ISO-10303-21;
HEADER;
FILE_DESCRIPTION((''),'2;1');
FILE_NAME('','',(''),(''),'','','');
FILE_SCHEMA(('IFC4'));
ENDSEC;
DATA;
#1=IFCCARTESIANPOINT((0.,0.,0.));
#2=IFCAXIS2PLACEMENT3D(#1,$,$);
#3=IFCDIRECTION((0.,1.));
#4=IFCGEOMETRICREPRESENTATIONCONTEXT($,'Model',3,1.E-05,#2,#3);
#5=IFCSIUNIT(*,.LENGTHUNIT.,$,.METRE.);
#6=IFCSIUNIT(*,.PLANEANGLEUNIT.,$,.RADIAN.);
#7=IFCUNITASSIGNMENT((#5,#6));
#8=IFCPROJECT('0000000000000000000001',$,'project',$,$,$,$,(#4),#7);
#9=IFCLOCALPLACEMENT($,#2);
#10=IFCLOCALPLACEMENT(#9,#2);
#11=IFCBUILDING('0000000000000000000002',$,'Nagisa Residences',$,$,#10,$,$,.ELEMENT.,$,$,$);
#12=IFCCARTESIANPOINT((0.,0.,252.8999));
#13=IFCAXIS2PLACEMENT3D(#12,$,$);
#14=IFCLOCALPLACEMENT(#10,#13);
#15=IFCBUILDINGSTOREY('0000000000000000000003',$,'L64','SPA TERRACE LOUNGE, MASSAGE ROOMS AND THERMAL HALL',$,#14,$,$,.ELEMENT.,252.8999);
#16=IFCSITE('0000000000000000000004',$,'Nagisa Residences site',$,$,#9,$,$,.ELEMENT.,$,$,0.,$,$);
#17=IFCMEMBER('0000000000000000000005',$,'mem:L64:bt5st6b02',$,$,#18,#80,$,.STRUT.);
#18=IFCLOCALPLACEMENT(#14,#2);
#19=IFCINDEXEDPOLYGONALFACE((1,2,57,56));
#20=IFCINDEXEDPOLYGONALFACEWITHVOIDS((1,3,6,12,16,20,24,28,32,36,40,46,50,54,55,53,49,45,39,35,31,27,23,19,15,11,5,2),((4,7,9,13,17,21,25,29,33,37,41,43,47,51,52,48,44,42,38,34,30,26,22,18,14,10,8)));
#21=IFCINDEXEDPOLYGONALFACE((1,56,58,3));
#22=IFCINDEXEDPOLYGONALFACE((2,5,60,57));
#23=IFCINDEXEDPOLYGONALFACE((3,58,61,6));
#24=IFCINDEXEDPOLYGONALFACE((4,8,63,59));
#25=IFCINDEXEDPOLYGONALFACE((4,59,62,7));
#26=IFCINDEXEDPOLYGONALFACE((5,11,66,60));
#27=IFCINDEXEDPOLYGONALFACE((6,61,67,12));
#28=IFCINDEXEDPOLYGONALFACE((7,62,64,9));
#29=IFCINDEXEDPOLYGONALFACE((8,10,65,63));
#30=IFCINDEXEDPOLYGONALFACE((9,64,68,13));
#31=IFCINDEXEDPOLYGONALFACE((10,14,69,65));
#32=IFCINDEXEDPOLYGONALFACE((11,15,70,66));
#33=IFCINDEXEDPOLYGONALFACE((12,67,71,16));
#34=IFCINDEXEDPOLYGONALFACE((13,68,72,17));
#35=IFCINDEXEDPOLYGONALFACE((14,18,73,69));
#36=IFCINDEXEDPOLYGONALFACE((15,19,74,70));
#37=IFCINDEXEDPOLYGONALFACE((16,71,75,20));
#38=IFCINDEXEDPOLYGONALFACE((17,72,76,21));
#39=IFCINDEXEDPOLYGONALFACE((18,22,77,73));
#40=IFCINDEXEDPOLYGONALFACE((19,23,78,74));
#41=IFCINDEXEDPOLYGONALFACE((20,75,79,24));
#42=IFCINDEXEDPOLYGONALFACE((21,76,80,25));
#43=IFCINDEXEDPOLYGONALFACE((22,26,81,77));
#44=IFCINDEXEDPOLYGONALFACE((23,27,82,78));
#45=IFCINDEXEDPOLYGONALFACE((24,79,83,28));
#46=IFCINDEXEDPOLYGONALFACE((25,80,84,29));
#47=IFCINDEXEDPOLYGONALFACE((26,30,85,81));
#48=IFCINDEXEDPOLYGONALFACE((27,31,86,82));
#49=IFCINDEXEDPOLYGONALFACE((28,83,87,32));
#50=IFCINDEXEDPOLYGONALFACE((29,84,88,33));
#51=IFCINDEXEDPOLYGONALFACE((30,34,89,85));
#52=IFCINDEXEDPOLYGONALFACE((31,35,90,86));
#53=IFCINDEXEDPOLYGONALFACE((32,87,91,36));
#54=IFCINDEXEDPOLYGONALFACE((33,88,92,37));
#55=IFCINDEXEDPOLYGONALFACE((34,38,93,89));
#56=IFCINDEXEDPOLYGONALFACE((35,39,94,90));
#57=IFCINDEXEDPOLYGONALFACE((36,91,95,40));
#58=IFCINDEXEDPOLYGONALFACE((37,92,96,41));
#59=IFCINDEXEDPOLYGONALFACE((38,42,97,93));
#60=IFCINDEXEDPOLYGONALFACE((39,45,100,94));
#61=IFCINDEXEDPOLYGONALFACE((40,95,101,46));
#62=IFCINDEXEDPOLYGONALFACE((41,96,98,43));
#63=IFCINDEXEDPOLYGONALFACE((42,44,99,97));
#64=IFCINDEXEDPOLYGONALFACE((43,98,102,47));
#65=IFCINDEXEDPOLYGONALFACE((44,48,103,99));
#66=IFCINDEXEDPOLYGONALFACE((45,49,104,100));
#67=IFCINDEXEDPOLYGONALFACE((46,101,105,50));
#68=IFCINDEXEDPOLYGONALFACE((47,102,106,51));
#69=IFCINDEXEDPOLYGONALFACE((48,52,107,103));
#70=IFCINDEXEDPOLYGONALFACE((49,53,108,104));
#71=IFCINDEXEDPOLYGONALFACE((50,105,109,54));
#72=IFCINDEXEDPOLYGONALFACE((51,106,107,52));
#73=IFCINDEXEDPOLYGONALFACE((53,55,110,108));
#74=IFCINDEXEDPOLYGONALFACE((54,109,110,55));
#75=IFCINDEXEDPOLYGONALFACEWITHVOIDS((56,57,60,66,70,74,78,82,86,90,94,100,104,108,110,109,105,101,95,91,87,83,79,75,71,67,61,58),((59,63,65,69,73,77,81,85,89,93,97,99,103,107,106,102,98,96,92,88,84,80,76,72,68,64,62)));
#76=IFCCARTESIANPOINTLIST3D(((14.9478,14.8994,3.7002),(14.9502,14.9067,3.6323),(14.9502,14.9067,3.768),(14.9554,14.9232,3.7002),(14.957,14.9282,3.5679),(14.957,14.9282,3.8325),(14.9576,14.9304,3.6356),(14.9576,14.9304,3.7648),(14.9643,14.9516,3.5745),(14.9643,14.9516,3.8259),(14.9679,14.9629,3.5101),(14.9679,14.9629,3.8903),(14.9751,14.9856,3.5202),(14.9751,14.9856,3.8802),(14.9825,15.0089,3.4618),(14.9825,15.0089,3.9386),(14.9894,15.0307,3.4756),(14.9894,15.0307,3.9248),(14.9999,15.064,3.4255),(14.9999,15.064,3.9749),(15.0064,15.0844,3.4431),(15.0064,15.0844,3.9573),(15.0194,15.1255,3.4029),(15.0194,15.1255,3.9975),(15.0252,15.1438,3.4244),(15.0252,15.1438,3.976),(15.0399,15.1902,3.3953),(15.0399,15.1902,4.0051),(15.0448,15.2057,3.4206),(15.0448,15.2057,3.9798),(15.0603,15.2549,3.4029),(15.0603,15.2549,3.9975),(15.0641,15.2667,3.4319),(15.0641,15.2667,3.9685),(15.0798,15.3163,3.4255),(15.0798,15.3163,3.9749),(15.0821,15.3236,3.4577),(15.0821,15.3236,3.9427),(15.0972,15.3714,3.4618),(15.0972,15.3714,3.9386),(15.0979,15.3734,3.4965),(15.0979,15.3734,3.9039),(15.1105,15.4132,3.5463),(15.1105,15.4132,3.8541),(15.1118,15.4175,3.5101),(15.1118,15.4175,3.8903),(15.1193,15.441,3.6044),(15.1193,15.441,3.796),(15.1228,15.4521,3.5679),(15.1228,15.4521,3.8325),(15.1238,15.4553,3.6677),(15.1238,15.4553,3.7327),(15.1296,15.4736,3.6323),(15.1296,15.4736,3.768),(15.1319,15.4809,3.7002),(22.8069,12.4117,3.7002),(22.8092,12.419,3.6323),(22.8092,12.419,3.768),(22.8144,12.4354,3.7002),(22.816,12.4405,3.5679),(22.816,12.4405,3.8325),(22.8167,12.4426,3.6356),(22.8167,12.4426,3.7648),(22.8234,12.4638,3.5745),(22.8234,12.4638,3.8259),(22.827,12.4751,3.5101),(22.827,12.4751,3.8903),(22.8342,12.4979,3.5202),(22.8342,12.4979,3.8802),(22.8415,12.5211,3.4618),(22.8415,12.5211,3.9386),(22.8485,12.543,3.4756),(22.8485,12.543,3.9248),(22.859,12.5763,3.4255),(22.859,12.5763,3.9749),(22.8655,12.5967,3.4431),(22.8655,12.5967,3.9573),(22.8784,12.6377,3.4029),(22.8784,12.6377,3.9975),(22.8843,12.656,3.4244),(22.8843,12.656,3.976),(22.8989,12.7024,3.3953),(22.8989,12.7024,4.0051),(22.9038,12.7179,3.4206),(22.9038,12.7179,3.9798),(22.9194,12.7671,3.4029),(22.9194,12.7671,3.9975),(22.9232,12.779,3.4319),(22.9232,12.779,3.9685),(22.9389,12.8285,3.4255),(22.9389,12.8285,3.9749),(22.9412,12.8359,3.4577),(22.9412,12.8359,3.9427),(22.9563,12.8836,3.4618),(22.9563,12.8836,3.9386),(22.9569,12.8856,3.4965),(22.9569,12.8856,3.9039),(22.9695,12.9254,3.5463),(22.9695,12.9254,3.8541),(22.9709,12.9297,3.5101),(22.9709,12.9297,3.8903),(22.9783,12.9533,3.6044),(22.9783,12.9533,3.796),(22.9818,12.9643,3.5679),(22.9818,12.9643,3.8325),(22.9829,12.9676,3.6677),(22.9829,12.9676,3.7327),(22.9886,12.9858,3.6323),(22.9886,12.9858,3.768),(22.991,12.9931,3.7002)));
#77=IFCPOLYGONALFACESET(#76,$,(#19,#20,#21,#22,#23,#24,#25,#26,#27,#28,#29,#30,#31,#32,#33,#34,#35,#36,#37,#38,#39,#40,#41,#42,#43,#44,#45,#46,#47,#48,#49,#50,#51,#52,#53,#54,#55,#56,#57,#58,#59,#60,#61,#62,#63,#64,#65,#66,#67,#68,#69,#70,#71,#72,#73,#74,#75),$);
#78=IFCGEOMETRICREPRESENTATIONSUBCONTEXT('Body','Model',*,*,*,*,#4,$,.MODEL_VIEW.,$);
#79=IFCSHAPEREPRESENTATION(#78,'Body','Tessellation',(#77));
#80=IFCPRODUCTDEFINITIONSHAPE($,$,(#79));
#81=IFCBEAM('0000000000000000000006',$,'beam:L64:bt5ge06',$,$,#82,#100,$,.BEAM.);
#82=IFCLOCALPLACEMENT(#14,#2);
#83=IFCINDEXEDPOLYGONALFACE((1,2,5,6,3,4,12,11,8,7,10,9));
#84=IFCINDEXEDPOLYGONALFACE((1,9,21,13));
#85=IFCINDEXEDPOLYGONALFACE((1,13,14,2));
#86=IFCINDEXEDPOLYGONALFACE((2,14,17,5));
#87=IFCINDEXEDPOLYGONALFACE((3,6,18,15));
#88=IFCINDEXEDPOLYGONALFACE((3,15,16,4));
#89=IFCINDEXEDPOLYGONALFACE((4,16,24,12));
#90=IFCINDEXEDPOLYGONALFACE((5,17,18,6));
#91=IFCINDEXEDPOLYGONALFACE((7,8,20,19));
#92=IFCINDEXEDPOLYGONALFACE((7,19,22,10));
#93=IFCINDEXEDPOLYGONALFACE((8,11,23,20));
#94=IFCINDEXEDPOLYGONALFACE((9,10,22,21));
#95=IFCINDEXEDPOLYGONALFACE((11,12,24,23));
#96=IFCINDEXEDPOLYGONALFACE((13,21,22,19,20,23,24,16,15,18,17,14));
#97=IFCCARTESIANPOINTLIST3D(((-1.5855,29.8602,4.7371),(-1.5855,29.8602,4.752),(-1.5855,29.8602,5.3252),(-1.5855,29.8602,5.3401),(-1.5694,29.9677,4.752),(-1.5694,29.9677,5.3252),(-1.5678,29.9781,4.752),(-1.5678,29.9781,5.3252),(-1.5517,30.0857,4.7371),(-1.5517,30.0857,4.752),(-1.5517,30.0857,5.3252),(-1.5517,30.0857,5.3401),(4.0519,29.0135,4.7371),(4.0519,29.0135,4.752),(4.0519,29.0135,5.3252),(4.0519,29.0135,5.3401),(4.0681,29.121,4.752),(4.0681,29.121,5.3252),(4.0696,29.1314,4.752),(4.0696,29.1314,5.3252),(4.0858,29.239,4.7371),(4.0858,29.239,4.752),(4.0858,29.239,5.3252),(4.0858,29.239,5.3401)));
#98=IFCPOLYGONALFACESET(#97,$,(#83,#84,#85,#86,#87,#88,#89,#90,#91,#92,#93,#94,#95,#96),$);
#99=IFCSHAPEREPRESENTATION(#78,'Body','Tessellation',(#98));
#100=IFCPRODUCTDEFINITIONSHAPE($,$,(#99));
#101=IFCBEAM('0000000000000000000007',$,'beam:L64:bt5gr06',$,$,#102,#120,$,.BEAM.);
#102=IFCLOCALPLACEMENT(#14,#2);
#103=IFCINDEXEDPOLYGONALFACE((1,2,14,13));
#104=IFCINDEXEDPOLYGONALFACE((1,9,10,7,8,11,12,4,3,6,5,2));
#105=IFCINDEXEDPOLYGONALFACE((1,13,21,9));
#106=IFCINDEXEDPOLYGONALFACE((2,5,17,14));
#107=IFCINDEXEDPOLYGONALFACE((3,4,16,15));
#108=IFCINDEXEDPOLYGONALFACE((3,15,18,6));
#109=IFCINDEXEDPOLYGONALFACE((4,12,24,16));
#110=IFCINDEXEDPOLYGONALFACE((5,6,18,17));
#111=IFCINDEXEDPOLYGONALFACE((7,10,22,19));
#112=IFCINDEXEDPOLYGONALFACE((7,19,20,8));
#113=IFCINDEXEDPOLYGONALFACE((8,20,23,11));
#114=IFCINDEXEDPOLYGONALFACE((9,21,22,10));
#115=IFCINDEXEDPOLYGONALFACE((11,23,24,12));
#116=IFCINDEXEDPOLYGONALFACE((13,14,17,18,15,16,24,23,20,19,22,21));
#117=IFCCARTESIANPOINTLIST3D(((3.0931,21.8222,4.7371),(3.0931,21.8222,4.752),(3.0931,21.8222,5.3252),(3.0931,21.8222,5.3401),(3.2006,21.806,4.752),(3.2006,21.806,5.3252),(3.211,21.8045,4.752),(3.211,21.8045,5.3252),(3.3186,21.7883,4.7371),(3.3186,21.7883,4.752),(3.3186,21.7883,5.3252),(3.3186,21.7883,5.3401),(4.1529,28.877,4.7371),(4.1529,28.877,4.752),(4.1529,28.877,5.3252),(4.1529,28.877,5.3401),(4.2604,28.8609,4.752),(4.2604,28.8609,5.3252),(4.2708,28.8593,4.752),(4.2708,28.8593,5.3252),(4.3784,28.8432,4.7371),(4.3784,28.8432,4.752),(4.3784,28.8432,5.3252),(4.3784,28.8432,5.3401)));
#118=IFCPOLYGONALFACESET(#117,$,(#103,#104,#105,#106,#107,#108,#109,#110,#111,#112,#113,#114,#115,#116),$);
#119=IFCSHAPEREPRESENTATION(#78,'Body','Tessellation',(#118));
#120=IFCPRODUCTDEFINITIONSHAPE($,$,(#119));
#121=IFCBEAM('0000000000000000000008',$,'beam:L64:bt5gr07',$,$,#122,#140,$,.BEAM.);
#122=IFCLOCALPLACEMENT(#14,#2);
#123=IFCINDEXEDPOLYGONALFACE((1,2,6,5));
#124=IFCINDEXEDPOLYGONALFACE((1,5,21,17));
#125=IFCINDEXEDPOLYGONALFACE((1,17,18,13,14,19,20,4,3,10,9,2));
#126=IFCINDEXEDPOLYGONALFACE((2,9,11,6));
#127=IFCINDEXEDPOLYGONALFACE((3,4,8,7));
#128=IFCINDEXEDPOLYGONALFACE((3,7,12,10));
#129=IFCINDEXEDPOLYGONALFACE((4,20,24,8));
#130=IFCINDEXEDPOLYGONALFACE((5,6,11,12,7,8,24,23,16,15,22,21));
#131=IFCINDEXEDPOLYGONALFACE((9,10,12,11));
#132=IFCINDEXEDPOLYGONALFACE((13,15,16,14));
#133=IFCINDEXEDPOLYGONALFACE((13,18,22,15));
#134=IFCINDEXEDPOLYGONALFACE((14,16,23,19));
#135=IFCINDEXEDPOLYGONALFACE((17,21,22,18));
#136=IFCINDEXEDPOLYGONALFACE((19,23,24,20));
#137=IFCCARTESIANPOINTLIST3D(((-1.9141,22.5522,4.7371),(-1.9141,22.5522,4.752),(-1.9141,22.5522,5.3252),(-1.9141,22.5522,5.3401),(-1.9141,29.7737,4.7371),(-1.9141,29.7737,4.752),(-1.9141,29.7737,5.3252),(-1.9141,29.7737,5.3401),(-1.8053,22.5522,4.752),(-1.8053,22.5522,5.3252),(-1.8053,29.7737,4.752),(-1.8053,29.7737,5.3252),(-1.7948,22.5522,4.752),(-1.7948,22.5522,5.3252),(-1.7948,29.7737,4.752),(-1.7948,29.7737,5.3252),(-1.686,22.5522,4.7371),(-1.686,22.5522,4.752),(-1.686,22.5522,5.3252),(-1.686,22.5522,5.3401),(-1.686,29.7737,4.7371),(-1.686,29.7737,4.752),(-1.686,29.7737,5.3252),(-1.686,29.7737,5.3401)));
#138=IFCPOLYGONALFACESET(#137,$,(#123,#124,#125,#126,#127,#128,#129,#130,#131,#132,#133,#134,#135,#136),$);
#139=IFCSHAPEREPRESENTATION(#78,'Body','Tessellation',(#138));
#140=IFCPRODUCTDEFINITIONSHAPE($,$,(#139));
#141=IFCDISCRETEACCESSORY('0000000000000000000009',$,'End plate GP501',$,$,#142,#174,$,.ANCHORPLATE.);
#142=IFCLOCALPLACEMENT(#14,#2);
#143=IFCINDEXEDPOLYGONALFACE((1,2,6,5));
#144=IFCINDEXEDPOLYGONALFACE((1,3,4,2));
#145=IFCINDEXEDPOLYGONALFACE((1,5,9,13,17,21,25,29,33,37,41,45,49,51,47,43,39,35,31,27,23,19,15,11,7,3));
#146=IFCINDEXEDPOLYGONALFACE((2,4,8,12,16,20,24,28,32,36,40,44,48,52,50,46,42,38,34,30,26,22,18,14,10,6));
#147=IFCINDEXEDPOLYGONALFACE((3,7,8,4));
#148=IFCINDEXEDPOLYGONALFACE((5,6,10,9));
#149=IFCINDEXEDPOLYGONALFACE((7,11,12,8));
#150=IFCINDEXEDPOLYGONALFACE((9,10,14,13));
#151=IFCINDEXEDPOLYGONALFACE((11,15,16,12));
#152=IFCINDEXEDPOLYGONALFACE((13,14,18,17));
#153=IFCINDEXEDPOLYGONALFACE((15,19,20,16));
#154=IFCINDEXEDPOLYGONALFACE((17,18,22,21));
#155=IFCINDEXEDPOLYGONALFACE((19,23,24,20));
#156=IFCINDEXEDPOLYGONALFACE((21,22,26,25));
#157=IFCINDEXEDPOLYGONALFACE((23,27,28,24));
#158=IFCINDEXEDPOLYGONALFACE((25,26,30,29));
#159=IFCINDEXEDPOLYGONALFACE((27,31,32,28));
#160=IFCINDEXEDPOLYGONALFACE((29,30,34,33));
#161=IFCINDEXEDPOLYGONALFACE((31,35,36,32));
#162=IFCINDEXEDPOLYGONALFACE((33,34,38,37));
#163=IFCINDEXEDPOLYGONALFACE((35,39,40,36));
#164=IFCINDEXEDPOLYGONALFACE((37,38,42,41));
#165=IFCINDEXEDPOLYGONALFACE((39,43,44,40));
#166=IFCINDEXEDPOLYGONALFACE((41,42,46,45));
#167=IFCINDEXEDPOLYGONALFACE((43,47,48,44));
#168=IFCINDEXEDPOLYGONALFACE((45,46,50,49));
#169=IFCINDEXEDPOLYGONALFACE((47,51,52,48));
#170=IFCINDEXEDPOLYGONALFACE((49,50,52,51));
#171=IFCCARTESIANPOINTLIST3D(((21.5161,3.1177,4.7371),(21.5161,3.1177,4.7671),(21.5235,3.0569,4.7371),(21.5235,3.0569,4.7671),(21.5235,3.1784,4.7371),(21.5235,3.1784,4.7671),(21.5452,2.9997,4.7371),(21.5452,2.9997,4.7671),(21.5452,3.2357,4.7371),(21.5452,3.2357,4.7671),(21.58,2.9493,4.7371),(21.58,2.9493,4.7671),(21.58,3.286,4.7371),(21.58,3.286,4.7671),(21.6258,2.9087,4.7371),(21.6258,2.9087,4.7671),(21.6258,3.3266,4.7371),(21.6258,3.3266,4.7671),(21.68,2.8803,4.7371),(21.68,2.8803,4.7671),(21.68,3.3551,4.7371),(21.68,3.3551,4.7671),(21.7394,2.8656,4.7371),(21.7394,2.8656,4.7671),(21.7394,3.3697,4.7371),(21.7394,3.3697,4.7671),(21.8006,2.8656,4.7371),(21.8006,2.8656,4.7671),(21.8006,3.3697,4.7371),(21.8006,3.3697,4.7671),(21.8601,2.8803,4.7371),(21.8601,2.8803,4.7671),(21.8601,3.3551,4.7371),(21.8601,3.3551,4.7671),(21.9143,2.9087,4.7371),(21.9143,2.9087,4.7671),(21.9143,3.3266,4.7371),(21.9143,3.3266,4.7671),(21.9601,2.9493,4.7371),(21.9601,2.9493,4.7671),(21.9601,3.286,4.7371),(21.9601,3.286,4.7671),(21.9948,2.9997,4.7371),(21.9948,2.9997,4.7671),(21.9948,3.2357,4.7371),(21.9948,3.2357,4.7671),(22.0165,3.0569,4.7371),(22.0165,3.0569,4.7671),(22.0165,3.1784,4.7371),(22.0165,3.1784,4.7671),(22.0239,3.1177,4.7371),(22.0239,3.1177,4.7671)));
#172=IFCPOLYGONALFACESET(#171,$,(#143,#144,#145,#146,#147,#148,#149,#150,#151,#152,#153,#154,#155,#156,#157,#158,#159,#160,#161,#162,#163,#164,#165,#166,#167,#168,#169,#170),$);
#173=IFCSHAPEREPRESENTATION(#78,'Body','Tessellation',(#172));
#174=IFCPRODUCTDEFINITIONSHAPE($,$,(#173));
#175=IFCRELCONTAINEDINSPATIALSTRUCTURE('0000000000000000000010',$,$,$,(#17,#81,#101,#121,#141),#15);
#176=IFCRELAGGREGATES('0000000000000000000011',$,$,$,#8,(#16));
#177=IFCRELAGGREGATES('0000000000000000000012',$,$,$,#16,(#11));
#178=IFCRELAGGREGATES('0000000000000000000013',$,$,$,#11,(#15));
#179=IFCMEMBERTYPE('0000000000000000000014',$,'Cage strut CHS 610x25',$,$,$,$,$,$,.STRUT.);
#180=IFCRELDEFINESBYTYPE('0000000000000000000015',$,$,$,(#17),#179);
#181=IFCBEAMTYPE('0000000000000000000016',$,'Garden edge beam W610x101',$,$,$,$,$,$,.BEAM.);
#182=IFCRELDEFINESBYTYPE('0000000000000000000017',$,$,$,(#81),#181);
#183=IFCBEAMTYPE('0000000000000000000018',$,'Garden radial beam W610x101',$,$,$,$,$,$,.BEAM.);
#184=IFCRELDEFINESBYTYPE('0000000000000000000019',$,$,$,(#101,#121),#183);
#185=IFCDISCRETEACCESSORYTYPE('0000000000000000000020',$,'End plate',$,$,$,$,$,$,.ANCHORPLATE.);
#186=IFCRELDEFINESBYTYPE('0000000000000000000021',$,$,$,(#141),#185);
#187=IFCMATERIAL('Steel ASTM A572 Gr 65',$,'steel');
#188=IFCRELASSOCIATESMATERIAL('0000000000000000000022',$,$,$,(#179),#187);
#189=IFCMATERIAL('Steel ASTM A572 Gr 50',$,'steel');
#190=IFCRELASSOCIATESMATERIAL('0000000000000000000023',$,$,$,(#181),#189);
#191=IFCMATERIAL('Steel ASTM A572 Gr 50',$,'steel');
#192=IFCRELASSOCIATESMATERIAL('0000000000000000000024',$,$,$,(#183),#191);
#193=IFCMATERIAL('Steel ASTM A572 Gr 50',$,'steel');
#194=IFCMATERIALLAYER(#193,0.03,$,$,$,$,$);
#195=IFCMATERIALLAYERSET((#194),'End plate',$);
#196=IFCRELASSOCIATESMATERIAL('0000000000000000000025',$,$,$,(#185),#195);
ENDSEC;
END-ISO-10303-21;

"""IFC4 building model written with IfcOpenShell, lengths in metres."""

from ifc_helpers import new_model, si_unit, direction, frame, origin, origin_2d, place, context, subcontext, project, spatial, circle, hollow_circle, i_section, extrude, material, layer, layer_set, material_profile, profile_set, type_object, element, save


model = new_model("IFC4")

# Units and contexts
model_context = context("Model", 3, precision=1e-05, world=origin(), true_north=direction((0.0, 1.0)))
body_context = subcontext(model_context, "Body", "Model", "MODEL_VIEW")
ifc_project = project(units=[si_unit("LENGTHUNIT", "METRE"), si_unit("PLANEANGLEUNIT", "RADIAN")], contexts=[model_context])

# Site, building, storey
site_placement = place(None, origin())
site = spatial("IfcSite", under=ifc_project, at=site_placement, Name="Nagisa Residences site", CompositionType="ELEMENT", RefElevation=0.0)
building_placement = place(site_placement, origin())
building = spatial("IfcBuilding", under=site, at=building_placement, Name="Nagisa Residences", CompositionType="ELEMENT")
storey_placement = place(building_placement, frame((0.0, 0.0, 252.8999)))
storey = spatial("IfcBuildingStorey", under=building, at=storey_placement, Name="L64", Description="SPA TERRACE LOUNGE, MASSAGE ROOMS AND THERMAL HALL", CompositionType="ELEMENT", Elevation=252.8999)

# Member
ifc_material_1 = material(Name="Steel ASTM A572 Gr 65", Category="steel")
ifc_material_profile_1 = material_profile(ifc_material_1, hollow_circle(Radius=0.3049, WallThickness=0.0249, at=origin_2d()), Name="CHS 610x25")
ifc_profile_set_1 = profile_set([ifc_material_profile_1], Name="Steel ASTM A572 Gr 65")
member_type_1 = type_object("IfcMemberType", Name="Cage strut CHS 610x25", PredefinedType="STRUT", material=ifc_profile_set_1)
member_1_placement = place(storey_placement, frame((22.8989, 12.7024, 3.7002), z_axis=(-0.953375, 0.301789, 0.0), x_axis=(-0.301789, -0.953375, 0.0)))
element("IfcMember", 1, at=member_1_placement, inside=storey, type_object=member_type_1, Name="mem:L64:bt5st6b02", PredefinedType="STRUT", context=body_context, shape_type="SweptSolid", body=[
    extrude(hollow_circle(Radius=0.3049, WallThickness=0.0249, at=origin_2d()), origin(), (0.0, 0.0, 1.0), 8.2434),
])

# Beams
ifc_material_2 = material(Name="Steel ASTM A572 Gr 50", Category="steel")
ifc_material_profile_2 = material_profile(ifc_material_2, i_section(OverallWidth=0.228, OverallDepth=0.603, WebThickness=0.0105, FlangeThickness=0.0149, at=origin_2d()), Name="W610x101")
ifc_profile_set_2 = profile_set([ifc_material_profile_2], Name="Steel ASTM A572 Gr 50")
beam_type_1 = type_object("IfcBeamType", Name="Garden edge beam W610x101", PredefinedType="BEAM", material=ifc_profile_set_2)
beam_1_placement = place(storey_placement, frame((4.0688, 29.1262, 5.0386), z_axis=(-0.988909, 0.148523, 0.0), x_axis=(-0.148523, -0.988909, 0.0)))
element("IfcBeam", 2, at=beam_1_placement, inside=storey, type_object=beam_type_1, Name="beam:L64:bt5ge06", PredefinedType="BEAM", context=body_context, shape_type="SweptSolid", body=[
    extrude(i_section(OverallWidth=0.228, OverallDepth=0.603, WebThickness=0.0105, FlangeThickness=0.0149, at=origin_2d()), origin(), (0.0, 0.0, 1.0), 5.7007),
])
ifc_material_3 = material(Name="Steel ASTM A572 Gr 50", Category="steel")
ifc_material_profile_3 = material_profile(ifc_material_3, i_section(OverallWidth=0.228, OverallDepth=0.603, WebThickness=0.0105, FlangeThickness=0.0149, at=origin_2d()), Name="W610x101")
ifc_profile_set_3 = profile_set([ifc_material_profile_3], Name="Steel ASTM A572 Gr 50")
beam_type_2 = type_object("IfcBeamType", Name="Garden radial beam W610x101", PredefinedType="BEAM", material=ifc_profile_set_3)
beam_2_placement = place(storey_placement, frame((4.2656, 28.8601, 5.0386), z_axis=(-0.148556, -0.988904, 0.0), x_axis=(0.988904, -0.148556, 0.0)))
element("IfcBeam", 3, at=beam_2_placement, inside=storey, type_object=beam_type_2, Name="beam:L64:bt5gr06", PredefinedType="BEAM", context=body_context, shape_type="SweptSolid", body=[
    extrude(i_section(OverallWidth=0.228, OverallDepth=0.603, WebThickness=0.0105, FlangeThickness=0.0149, at=origin_2d()), origin(), (0.0, 0.0, 1.0), 7.134),
])
beam_3_placement = place(storey_placement, frame((-1.8, 29.7737, 5.0386), z_axis=(0.0, -1.0, 0.0), x_axis=(1.0, 0.0, 0.0)))
element("IfcBeam", 4, at=beam_3_placement, inside=storey, type_object=beam_type_2, Name="beam:L64:bt5gr07", PredefinedType="BEAM", context=body_context, shape_type="SweptSolid", body=[
    extrude(i_section(OverallWidth=0.228, OverallDepth=0.603, WebThickness=0.0105, FlangeThickness=0.0149, at=origin_2d()), origin(), (0.0, 0.0, 1.0), 7.2214),
])

# Discrete accessory
ifc_material_4 = material(Name="Steel ASTM A572 Gr 50", Category="steel")
ifc_layer_1 = layer(ifc_material_4, 0.03)
ifc_layer_set_1 = layer_set([ifc_layer_1], Name="End plate")
discrete_accessory_type_1 = type_object("IfcDiscreteAccessoryType", Name="End plate", PredefinedType="ANCHORPLATE", material=ifc_layer_set_1)
for number, where, z_axis, x_axis, name in (
    (5, (21.77, 3.1177, 4.7371), (0.0, 0.0, 1.0), (1.0, 0.0, 0.0), "End plate GP501"),
):
    element("IfcDiscreteAccessory", number, at=place(storey_placement, frame(where, z_axis=z_axis, x_axis=x_axis)), inside=storey, type_object=discrete_accessory_type_1, Name=name, PredefinedType="ANCHORPLATE", context=body_context, shape_type="SweptSolid", body=[
        extrude(circle(Radius=0.2539, at=origin_2d()), origin(), (0.0, 0.0, 1.0), 0.03),
    ])

save(model, "model.ifc")
